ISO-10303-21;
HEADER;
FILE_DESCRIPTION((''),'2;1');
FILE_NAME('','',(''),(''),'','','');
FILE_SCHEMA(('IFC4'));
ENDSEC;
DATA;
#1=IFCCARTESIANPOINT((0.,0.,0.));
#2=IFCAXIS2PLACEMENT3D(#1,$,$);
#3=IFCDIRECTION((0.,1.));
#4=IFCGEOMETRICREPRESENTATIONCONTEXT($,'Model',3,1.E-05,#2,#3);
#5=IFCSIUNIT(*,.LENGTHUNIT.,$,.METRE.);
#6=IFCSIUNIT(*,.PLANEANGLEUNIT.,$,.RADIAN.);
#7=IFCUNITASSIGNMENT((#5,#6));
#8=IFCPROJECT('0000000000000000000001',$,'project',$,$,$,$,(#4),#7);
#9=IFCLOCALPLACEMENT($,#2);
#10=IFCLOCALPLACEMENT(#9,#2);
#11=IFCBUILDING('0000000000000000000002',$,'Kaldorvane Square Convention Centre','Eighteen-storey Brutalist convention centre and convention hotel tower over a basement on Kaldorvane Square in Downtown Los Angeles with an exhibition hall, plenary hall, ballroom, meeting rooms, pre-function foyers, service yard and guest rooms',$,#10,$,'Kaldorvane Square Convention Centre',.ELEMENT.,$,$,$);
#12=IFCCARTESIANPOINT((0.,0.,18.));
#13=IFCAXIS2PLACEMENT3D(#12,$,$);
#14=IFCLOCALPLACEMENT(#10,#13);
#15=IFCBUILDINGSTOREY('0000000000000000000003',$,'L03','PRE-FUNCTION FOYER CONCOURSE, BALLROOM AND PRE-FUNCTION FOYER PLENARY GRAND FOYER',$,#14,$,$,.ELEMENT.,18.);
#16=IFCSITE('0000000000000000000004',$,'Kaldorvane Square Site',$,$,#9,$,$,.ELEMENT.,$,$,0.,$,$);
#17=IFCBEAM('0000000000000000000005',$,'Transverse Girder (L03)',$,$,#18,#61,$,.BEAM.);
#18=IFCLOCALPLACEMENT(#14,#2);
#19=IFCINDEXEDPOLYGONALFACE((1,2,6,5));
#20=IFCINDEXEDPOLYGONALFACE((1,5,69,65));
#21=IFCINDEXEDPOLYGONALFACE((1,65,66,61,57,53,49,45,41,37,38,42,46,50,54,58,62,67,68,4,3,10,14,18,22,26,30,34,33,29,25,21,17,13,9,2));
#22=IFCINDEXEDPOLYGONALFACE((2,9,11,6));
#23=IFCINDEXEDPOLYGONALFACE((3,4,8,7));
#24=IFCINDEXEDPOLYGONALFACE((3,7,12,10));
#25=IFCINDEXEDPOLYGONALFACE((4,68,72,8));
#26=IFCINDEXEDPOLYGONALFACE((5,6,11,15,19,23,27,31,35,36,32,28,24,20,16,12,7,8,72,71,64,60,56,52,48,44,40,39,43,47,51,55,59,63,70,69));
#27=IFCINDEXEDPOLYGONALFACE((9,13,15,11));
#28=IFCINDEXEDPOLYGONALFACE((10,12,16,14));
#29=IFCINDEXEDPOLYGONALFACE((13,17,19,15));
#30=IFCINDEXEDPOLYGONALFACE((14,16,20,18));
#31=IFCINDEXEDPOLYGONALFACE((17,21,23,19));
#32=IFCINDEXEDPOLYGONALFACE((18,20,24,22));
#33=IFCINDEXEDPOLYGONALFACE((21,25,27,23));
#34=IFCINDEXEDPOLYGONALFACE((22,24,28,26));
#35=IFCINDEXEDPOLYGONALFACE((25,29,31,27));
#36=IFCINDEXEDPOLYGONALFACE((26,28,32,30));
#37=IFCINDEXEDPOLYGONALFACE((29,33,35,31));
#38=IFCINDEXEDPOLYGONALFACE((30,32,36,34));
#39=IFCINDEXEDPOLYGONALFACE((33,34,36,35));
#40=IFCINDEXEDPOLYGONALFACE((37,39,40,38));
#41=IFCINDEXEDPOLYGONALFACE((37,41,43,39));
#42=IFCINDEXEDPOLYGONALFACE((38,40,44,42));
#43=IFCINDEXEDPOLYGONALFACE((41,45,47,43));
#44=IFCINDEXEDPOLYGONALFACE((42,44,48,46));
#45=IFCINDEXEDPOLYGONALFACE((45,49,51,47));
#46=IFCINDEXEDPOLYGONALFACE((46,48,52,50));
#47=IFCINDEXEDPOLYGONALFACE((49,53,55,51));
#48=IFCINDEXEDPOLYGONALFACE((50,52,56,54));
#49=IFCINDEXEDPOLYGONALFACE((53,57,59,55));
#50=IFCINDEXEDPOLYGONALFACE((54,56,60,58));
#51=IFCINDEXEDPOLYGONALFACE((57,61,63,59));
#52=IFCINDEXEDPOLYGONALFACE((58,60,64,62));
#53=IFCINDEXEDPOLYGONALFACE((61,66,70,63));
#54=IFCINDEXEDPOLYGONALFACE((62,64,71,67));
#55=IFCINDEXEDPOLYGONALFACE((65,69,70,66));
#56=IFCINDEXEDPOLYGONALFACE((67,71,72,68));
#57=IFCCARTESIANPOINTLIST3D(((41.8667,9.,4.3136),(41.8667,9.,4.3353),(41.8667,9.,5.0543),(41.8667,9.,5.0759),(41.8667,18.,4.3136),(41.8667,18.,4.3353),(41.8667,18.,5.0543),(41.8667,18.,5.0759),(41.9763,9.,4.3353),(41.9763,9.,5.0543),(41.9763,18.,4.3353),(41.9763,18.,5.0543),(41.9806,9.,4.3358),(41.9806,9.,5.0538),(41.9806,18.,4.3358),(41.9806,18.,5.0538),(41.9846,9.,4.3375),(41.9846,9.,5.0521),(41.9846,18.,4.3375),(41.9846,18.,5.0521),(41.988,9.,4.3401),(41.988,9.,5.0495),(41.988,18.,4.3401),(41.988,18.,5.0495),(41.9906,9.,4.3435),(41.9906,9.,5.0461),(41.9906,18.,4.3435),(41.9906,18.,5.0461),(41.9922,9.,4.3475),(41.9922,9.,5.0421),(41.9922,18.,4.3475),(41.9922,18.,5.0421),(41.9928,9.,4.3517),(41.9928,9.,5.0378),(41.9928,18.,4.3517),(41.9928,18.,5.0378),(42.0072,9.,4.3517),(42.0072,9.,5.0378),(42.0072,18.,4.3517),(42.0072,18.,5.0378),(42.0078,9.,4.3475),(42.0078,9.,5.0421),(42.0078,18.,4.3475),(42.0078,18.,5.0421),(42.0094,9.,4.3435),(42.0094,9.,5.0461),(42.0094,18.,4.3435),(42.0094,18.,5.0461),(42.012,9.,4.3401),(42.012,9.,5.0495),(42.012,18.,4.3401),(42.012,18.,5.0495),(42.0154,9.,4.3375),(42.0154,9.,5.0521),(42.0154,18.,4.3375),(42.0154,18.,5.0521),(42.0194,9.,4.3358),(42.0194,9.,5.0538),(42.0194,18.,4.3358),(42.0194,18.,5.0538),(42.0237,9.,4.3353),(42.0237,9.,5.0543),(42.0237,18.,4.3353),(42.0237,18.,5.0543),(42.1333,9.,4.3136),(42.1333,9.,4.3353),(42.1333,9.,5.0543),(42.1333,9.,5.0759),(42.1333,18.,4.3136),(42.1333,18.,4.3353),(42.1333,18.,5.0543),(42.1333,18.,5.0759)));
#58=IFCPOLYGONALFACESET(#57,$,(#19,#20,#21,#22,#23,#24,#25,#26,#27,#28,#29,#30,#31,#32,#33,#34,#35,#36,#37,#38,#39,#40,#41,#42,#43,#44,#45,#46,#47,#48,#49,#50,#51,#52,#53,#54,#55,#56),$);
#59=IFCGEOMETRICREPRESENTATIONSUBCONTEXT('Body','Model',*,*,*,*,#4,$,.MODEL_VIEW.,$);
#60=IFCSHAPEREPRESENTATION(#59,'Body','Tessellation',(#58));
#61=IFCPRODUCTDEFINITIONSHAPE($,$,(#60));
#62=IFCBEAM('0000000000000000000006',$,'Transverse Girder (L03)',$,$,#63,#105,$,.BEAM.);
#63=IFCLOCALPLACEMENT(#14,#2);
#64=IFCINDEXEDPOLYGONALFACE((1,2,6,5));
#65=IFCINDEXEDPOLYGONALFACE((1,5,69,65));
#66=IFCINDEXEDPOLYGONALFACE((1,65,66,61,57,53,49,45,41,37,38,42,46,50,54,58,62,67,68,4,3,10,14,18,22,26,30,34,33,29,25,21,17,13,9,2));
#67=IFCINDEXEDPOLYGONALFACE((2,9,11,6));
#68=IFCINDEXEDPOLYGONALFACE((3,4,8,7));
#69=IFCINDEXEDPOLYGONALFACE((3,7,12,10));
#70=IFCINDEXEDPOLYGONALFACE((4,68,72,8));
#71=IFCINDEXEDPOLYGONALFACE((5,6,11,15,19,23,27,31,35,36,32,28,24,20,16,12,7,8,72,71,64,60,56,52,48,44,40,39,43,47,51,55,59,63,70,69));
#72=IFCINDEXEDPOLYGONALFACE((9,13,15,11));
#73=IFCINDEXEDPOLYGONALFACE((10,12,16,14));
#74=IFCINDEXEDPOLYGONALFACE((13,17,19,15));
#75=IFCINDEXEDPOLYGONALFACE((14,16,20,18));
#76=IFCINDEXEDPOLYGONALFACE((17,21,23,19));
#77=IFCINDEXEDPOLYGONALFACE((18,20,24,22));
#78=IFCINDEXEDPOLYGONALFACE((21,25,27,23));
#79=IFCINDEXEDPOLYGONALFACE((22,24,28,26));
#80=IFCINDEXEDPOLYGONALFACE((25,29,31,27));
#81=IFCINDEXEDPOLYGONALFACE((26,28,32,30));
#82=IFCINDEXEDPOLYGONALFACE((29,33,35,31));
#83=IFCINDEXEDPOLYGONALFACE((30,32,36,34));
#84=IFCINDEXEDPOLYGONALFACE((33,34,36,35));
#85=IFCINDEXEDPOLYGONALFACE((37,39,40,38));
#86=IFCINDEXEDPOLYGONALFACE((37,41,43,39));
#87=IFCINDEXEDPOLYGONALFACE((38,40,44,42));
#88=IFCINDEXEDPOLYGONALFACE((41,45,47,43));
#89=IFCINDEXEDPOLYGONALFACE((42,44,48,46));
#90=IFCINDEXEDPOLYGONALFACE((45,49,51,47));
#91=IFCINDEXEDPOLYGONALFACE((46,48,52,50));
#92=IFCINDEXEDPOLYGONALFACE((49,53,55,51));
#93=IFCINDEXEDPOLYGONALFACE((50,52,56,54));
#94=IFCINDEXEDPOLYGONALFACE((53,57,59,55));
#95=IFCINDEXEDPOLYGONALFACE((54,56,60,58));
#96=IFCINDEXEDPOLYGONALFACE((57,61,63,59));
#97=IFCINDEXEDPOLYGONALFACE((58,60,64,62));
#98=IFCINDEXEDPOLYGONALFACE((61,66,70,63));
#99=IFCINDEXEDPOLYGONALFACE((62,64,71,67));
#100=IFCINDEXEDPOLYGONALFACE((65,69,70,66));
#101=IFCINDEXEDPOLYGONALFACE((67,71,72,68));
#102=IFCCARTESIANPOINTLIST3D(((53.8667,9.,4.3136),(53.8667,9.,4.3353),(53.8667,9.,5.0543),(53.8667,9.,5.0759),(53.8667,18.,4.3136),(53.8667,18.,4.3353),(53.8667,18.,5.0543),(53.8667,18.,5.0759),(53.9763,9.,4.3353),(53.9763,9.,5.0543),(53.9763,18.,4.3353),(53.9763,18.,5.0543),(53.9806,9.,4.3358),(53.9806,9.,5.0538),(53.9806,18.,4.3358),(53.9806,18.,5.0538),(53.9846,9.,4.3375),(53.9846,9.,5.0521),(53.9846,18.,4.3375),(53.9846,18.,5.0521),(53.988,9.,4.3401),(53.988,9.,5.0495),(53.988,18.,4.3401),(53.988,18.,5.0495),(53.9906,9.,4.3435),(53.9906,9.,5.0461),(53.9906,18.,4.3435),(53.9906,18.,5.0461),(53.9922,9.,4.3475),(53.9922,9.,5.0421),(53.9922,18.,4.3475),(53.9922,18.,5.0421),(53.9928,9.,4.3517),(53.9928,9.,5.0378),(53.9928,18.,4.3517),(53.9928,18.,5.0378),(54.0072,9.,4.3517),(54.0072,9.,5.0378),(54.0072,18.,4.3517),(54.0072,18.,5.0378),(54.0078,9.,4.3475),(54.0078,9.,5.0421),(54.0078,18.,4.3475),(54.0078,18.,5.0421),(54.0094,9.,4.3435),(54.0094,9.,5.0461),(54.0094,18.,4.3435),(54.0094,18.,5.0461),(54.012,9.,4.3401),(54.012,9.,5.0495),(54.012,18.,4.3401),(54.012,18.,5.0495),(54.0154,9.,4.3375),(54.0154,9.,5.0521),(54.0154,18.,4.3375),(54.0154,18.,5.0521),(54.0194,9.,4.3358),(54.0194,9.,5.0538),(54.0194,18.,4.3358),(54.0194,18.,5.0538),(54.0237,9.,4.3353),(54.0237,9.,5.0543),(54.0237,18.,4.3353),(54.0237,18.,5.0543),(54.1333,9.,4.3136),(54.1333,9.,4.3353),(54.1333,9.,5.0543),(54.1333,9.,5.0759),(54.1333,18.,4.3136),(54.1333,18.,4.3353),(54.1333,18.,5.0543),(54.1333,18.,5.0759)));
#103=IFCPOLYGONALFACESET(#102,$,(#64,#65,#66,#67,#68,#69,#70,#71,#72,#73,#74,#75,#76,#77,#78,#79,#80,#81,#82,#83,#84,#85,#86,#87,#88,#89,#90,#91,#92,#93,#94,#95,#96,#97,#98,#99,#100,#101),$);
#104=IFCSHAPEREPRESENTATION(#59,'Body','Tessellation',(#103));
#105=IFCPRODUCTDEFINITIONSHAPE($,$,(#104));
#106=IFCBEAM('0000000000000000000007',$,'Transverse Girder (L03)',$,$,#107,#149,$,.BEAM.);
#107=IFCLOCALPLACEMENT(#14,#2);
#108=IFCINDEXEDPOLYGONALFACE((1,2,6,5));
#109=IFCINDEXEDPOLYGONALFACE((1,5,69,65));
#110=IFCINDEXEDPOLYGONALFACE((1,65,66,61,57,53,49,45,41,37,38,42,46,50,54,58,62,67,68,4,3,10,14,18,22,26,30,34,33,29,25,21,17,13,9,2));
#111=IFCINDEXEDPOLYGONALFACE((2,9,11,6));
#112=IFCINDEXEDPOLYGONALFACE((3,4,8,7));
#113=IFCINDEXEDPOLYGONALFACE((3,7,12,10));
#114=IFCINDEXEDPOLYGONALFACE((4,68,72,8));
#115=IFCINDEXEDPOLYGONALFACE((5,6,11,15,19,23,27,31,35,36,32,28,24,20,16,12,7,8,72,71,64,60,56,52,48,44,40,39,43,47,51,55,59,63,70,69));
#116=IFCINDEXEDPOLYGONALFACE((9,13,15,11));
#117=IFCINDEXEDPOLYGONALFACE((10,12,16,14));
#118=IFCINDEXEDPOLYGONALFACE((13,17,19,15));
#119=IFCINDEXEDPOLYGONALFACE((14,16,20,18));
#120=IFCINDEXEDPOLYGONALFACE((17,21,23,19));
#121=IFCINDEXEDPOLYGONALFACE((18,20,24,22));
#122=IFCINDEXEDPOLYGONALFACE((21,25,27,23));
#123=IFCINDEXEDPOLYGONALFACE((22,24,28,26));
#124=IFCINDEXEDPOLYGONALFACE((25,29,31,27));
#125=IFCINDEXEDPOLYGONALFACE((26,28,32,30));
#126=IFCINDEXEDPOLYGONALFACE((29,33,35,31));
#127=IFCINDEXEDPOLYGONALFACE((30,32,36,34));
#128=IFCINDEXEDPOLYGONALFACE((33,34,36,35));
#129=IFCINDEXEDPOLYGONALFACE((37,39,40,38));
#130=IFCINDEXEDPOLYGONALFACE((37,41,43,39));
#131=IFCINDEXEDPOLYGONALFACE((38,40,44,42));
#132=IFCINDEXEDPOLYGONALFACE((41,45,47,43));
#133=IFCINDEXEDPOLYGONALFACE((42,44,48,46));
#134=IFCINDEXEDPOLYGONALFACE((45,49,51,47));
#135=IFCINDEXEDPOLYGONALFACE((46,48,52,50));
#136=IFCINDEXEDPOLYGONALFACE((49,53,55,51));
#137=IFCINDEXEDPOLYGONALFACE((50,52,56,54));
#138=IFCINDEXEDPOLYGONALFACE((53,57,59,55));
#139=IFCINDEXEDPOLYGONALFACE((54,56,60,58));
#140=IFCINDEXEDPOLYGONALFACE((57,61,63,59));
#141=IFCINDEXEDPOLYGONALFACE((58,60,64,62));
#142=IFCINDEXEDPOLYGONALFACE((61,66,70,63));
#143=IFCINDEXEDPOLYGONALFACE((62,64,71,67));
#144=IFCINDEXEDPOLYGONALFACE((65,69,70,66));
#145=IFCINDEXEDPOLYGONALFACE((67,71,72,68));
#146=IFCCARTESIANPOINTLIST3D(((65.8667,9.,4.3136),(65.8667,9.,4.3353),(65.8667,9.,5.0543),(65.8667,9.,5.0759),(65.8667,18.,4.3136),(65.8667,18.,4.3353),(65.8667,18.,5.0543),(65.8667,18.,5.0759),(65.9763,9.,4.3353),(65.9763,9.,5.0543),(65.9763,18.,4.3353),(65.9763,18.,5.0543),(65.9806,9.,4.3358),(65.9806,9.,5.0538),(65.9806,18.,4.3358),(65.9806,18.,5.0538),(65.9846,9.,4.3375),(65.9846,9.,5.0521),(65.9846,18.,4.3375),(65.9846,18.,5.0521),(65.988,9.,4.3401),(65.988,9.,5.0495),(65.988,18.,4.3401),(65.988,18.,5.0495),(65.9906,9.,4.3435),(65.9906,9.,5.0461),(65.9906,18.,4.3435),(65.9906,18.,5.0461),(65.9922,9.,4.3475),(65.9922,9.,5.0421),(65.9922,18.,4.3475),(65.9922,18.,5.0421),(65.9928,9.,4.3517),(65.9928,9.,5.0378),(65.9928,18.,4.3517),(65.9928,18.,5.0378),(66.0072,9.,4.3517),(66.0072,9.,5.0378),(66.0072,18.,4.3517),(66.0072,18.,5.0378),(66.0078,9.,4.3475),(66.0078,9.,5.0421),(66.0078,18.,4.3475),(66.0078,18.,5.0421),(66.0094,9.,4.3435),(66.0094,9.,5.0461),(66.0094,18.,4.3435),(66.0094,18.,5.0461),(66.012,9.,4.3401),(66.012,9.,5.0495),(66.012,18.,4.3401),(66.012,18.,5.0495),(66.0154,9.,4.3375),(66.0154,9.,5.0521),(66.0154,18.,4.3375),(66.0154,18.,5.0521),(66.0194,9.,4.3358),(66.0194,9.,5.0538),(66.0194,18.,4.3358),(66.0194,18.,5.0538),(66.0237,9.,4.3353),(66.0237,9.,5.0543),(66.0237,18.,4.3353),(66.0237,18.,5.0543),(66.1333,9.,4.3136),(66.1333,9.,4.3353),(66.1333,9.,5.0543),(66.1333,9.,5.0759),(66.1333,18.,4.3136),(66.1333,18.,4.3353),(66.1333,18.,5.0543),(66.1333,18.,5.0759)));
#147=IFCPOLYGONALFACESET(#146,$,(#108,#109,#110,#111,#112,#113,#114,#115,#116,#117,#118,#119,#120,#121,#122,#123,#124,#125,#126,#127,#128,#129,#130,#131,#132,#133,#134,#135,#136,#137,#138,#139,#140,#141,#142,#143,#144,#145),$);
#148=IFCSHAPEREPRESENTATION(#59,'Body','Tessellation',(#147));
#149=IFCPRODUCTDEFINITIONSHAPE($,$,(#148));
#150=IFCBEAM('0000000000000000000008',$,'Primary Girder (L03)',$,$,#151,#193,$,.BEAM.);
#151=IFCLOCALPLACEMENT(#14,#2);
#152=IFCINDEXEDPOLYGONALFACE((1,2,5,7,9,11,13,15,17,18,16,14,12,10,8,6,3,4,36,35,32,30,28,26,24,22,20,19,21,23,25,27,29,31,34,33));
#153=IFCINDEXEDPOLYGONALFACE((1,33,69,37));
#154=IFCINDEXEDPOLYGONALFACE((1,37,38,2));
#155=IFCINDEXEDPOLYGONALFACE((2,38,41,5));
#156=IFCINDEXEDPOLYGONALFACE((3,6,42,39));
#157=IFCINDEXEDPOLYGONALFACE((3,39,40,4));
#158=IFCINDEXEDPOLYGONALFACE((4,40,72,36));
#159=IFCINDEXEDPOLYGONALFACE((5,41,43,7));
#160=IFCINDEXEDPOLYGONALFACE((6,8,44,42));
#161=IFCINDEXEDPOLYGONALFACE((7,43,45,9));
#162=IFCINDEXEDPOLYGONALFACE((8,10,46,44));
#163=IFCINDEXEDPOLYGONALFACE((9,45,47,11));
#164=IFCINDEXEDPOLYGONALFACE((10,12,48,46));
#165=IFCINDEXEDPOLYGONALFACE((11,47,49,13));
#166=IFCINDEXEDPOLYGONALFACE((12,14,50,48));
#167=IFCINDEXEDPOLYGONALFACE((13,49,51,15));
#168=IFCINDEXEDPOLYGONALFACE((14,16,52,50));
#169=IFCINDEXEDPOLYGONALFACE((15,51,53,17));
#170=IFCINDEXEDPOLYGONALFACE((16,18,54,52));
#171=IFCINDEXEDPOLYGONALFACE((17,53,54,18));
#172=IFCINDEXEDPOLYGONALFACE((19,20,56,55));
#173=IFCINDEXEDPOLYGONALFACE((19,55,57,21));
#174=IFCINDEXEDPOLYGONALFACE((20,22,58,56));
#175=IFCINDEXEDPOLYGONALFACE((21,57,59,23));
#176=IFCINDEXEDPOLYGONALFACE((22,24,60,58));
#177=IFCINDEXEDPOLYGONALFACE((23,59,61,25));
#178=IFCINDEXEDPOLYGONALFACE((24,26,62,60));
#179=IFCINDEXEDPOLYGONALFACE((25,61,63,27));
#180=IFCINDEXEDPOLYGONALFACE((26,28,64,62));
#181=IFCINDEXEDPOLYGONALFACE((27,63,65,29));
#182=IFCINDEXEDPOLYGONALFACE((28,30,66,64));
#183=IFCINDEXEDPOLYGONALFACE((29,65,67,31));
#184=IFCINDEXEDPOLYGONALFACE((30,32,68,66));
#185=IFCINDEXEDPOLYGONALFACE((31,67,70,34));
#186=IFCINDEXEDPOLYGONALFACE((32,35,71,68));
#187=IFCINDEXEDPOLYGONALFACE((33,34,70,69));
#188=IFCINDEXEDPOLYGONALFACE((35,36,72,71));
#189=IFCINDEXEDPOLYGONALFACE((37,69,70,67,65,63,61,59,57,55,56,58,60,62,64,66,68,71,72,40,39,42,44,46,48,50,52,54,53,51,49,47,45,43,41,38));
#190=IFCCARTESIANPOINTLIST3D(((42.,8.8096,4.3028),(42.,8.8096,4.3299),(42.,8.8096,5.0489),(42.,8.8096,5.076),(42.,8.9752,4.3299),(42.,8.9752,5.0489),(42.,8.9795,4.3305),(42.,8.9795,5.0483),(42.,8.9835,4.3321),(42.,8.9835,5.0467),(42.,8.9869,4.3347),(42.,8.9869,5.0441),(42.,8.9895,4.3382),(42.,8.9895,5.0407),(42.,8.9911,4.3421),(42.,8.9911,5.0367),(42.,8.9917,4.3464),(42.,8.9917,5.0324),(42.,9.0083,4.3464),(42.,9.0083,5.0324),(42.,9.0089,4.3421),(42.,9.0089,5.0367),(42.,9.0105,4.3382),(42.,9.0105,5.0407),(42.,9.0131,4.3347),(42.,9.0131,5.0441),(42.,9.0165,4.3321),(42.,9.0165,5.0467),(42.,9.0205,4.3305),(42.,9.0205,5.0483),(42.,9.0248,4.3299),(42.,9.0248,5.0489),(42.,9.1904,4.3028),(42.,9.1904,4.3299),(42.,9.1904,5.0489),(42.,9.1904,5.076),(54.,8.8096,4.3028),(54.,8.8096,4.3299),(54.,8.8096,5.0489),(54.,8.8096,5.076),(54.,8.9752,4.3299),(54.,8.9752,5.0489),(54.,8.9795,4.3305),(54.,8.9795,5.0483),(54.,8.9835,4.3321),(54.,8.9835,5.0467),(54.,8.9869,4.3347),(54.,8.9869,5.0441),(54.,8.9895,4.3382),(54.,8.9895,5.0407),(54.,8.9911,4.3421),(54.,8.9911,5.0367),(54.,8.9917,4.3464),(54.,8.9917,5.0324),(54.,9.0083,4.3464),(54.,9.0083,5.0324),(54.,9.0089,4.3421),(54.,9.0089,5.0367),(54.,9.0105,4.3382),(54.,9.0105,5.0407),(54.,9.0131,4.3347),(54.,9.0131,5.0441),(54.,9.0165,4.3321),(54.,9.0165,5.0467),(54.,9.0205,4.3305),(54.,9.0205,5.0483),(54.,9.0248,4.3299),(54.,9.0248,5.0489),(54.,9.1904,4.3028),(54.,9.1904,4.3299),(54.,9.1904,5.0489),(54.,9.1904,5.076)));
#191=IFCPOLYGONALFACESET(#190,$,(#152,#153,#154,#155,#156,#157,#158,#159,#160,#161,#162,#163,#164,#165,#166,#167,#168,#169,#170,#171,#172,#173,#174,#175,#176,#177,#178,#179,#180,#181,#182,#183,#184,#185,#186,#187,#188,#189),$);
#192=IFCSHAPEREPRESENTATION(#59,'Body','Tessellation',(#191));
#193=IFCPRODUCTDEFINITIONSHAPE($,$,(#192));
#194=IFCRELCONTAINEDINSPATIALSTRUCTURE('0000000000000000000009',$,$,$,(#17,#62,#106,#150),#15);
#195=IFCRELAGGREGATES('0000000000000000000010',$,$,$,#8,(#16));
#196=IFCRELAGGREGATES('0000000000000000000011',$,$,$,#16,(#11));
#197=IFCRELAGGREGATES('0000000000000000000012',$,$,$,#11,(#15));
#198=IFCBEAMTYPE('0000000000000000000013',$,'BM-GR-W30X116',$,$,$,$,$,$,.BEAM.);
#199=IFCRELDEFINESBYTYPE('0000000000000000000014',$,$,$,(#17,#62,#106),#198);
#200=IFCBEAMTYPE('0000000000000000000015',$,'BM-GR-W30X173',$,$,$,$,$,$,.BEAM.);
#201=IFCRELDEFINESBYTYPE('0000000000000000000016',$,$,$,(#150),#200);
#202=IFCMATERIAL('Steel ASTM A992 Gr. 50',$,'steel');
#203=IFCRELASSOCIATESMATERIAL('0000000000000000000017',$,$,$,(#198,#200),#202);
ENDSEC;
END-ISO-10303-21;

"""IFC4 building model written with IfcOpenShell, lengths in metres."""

from ifc_helpers import new_model, si_unit, direction, frame, origin, origin_2d, place, context, subcontext, project, spatial, i_section, extrude, material, material_profile, profile_set, type_object, element, save


model = new_model("IFC4")

# Units and contexts
model_context = context("Model", 3, precision=1e-05, world=origin(), true_north=direction((0.0, 1.0)))
body_context = subcontext(model_context, "Body", "Model", "MODEL_VIEW")
ifc_project = project(units=[si_unit("LENGTHUNIT", "METRE"), si_unit("PLANEANGLEUNIT", "RADIAN")], contexts=[model_context])

# Site, building, storey
site_placement = place(None, origin())
site = spatial("IfcSite", under=ifc_project, at=site_placement, Name="Kaldorvane Square Site", CompositionType="ELEMENT", RefElevation=0.0)
building_placement = place(site_placement, origin())
building = spatial("IfcBuilding", under=site, at=building_placement, Name="Kaldorvane Square Convention Centre", Description="Eighteen-storey Brutalist convention centre and convention hotel tower over a basement on Kaldorvane Square in Downtown Los Angeles with an exhibition hall, plenary hall, ballroom, meeting rooms, pre-function foyers, service yard and guest rooms", LongName="Kaldorvane Square Convention Centre", CompositionType="ELEMENT")
storey_placement = place(building_placement, frame((0.0, 0.0, 18.0)))
storey = spatial("IfcBuildingStorey", under=building, at=storey_placement, Name="L03", Description="PRE-FUNCTION FOYER CONCOURSE, BALLROOM AND PRE-FUNCTION FOYER PLENARY GRAND FOYER", CompositionType="ELEMENT", Elevation=18.0)

# Shared definitions
ifc_material_1 = material(Name="Steel ASTM A992 Gr. 50", Category="steel")

# Beams
ifc_material_profile_1 = material_profile(ifc_material_1, i_section(OverallWidth=0.2666, OverallDepth=0.7623, WebThickness=0.0144, FlangeThickness=0.0216, FilletRadius=0.0165, at=origin_2d()), Name="W30X116")
ifc_profile_set_1 = profile_set([ifc_material_profile_1], Name="Steel ASTM A992 Gr. 50")
beam_type_1 = type_object("IfcBeamType", Name="BM-GR-W30X116", PredefinedType="BEAM", material=ifc_profile_set_1)
for number, where, z_axis, x_axis, name in (
    (1, (42.0, 9.0, 4.6948), (0.0, 1.0, 0.0), (-1.0, 0.0, 0.0), "Transverse Girder (L03)"),
    (2, (54.0, 9.0, 4.6948), (0.0, 1.0, 0.0), (-1.0, 0.0, 0.0), "Transverse Girder (L03)"),
    (3, (66.0, 9.0, 4.6948), (0.0, 1.0, 0.0), (-1.0, 0.0, 0.0), "Transverse Girder (L03)"),
):
    element("IfcBeam", number, at=place(storey_placement, frame(where, z_axis=z_axis, x_axis=x_axis)), inside=storey, type_object=beam_type_1, Name=name, PredefinedType="BEAM", context=body_context, shape_type="SweptSolid", body=[
        extrude(i_section(OverallWidth=0.2666, OverallDepth=0.7623, WebThickness=0.0144, FlangeThickness=0.0216, FilletRadius=0.0165, at=origin_2d()), origin(), (0.0, 0.0, 1.0), 9.0),
    ])
ifc_material_profile_2 = material_profile(ifc_material_1, i_section(OverallWidth=0.3807, OverallDepth=0.7732, WebThickness=0.0166, FlangeThickness=0.0271, FilletRadius=0.0165, at=origin_2d()), Name="W30X173")
ifc_profile_set_2 = profile_set([ifc_material_profile_2], Name="Steel ASTM A992 Gr. 50")
beam_type_2 = type_object("IfcBeamType", Name="BM-GR-W30X173", PredefinedType="BEAM", material=ifc_profile_set_2)
for number, where, z_axis, x_axis, name in (
    (4, (42.0, 9.0, 4.6894), (1.0, 0.0, 0.0), (0.0, 1.0, 0.0), "Primary Girder (L03)"),
):
    element("IfcBeam", number, at=place(storey_placement, frame(where, z_axis=z_axis, x_axis=x_axis)), inside=storey, type_object=beam_type_2, Name=name, PredefinedType="BEAM", context=body_context, shape_type="SweptSolid", body=[
        extrude(i_section(OverallWidth=0.3807, OverallDepth=0.7732, WebThickness=0.0166, FlangeThickness=0.0271, FilletRadius=0.0165, at=origin_2d()), origin(), (0.0, 0.0, 1.0), 12.0),
    ])

save(model, "model.ifc")
